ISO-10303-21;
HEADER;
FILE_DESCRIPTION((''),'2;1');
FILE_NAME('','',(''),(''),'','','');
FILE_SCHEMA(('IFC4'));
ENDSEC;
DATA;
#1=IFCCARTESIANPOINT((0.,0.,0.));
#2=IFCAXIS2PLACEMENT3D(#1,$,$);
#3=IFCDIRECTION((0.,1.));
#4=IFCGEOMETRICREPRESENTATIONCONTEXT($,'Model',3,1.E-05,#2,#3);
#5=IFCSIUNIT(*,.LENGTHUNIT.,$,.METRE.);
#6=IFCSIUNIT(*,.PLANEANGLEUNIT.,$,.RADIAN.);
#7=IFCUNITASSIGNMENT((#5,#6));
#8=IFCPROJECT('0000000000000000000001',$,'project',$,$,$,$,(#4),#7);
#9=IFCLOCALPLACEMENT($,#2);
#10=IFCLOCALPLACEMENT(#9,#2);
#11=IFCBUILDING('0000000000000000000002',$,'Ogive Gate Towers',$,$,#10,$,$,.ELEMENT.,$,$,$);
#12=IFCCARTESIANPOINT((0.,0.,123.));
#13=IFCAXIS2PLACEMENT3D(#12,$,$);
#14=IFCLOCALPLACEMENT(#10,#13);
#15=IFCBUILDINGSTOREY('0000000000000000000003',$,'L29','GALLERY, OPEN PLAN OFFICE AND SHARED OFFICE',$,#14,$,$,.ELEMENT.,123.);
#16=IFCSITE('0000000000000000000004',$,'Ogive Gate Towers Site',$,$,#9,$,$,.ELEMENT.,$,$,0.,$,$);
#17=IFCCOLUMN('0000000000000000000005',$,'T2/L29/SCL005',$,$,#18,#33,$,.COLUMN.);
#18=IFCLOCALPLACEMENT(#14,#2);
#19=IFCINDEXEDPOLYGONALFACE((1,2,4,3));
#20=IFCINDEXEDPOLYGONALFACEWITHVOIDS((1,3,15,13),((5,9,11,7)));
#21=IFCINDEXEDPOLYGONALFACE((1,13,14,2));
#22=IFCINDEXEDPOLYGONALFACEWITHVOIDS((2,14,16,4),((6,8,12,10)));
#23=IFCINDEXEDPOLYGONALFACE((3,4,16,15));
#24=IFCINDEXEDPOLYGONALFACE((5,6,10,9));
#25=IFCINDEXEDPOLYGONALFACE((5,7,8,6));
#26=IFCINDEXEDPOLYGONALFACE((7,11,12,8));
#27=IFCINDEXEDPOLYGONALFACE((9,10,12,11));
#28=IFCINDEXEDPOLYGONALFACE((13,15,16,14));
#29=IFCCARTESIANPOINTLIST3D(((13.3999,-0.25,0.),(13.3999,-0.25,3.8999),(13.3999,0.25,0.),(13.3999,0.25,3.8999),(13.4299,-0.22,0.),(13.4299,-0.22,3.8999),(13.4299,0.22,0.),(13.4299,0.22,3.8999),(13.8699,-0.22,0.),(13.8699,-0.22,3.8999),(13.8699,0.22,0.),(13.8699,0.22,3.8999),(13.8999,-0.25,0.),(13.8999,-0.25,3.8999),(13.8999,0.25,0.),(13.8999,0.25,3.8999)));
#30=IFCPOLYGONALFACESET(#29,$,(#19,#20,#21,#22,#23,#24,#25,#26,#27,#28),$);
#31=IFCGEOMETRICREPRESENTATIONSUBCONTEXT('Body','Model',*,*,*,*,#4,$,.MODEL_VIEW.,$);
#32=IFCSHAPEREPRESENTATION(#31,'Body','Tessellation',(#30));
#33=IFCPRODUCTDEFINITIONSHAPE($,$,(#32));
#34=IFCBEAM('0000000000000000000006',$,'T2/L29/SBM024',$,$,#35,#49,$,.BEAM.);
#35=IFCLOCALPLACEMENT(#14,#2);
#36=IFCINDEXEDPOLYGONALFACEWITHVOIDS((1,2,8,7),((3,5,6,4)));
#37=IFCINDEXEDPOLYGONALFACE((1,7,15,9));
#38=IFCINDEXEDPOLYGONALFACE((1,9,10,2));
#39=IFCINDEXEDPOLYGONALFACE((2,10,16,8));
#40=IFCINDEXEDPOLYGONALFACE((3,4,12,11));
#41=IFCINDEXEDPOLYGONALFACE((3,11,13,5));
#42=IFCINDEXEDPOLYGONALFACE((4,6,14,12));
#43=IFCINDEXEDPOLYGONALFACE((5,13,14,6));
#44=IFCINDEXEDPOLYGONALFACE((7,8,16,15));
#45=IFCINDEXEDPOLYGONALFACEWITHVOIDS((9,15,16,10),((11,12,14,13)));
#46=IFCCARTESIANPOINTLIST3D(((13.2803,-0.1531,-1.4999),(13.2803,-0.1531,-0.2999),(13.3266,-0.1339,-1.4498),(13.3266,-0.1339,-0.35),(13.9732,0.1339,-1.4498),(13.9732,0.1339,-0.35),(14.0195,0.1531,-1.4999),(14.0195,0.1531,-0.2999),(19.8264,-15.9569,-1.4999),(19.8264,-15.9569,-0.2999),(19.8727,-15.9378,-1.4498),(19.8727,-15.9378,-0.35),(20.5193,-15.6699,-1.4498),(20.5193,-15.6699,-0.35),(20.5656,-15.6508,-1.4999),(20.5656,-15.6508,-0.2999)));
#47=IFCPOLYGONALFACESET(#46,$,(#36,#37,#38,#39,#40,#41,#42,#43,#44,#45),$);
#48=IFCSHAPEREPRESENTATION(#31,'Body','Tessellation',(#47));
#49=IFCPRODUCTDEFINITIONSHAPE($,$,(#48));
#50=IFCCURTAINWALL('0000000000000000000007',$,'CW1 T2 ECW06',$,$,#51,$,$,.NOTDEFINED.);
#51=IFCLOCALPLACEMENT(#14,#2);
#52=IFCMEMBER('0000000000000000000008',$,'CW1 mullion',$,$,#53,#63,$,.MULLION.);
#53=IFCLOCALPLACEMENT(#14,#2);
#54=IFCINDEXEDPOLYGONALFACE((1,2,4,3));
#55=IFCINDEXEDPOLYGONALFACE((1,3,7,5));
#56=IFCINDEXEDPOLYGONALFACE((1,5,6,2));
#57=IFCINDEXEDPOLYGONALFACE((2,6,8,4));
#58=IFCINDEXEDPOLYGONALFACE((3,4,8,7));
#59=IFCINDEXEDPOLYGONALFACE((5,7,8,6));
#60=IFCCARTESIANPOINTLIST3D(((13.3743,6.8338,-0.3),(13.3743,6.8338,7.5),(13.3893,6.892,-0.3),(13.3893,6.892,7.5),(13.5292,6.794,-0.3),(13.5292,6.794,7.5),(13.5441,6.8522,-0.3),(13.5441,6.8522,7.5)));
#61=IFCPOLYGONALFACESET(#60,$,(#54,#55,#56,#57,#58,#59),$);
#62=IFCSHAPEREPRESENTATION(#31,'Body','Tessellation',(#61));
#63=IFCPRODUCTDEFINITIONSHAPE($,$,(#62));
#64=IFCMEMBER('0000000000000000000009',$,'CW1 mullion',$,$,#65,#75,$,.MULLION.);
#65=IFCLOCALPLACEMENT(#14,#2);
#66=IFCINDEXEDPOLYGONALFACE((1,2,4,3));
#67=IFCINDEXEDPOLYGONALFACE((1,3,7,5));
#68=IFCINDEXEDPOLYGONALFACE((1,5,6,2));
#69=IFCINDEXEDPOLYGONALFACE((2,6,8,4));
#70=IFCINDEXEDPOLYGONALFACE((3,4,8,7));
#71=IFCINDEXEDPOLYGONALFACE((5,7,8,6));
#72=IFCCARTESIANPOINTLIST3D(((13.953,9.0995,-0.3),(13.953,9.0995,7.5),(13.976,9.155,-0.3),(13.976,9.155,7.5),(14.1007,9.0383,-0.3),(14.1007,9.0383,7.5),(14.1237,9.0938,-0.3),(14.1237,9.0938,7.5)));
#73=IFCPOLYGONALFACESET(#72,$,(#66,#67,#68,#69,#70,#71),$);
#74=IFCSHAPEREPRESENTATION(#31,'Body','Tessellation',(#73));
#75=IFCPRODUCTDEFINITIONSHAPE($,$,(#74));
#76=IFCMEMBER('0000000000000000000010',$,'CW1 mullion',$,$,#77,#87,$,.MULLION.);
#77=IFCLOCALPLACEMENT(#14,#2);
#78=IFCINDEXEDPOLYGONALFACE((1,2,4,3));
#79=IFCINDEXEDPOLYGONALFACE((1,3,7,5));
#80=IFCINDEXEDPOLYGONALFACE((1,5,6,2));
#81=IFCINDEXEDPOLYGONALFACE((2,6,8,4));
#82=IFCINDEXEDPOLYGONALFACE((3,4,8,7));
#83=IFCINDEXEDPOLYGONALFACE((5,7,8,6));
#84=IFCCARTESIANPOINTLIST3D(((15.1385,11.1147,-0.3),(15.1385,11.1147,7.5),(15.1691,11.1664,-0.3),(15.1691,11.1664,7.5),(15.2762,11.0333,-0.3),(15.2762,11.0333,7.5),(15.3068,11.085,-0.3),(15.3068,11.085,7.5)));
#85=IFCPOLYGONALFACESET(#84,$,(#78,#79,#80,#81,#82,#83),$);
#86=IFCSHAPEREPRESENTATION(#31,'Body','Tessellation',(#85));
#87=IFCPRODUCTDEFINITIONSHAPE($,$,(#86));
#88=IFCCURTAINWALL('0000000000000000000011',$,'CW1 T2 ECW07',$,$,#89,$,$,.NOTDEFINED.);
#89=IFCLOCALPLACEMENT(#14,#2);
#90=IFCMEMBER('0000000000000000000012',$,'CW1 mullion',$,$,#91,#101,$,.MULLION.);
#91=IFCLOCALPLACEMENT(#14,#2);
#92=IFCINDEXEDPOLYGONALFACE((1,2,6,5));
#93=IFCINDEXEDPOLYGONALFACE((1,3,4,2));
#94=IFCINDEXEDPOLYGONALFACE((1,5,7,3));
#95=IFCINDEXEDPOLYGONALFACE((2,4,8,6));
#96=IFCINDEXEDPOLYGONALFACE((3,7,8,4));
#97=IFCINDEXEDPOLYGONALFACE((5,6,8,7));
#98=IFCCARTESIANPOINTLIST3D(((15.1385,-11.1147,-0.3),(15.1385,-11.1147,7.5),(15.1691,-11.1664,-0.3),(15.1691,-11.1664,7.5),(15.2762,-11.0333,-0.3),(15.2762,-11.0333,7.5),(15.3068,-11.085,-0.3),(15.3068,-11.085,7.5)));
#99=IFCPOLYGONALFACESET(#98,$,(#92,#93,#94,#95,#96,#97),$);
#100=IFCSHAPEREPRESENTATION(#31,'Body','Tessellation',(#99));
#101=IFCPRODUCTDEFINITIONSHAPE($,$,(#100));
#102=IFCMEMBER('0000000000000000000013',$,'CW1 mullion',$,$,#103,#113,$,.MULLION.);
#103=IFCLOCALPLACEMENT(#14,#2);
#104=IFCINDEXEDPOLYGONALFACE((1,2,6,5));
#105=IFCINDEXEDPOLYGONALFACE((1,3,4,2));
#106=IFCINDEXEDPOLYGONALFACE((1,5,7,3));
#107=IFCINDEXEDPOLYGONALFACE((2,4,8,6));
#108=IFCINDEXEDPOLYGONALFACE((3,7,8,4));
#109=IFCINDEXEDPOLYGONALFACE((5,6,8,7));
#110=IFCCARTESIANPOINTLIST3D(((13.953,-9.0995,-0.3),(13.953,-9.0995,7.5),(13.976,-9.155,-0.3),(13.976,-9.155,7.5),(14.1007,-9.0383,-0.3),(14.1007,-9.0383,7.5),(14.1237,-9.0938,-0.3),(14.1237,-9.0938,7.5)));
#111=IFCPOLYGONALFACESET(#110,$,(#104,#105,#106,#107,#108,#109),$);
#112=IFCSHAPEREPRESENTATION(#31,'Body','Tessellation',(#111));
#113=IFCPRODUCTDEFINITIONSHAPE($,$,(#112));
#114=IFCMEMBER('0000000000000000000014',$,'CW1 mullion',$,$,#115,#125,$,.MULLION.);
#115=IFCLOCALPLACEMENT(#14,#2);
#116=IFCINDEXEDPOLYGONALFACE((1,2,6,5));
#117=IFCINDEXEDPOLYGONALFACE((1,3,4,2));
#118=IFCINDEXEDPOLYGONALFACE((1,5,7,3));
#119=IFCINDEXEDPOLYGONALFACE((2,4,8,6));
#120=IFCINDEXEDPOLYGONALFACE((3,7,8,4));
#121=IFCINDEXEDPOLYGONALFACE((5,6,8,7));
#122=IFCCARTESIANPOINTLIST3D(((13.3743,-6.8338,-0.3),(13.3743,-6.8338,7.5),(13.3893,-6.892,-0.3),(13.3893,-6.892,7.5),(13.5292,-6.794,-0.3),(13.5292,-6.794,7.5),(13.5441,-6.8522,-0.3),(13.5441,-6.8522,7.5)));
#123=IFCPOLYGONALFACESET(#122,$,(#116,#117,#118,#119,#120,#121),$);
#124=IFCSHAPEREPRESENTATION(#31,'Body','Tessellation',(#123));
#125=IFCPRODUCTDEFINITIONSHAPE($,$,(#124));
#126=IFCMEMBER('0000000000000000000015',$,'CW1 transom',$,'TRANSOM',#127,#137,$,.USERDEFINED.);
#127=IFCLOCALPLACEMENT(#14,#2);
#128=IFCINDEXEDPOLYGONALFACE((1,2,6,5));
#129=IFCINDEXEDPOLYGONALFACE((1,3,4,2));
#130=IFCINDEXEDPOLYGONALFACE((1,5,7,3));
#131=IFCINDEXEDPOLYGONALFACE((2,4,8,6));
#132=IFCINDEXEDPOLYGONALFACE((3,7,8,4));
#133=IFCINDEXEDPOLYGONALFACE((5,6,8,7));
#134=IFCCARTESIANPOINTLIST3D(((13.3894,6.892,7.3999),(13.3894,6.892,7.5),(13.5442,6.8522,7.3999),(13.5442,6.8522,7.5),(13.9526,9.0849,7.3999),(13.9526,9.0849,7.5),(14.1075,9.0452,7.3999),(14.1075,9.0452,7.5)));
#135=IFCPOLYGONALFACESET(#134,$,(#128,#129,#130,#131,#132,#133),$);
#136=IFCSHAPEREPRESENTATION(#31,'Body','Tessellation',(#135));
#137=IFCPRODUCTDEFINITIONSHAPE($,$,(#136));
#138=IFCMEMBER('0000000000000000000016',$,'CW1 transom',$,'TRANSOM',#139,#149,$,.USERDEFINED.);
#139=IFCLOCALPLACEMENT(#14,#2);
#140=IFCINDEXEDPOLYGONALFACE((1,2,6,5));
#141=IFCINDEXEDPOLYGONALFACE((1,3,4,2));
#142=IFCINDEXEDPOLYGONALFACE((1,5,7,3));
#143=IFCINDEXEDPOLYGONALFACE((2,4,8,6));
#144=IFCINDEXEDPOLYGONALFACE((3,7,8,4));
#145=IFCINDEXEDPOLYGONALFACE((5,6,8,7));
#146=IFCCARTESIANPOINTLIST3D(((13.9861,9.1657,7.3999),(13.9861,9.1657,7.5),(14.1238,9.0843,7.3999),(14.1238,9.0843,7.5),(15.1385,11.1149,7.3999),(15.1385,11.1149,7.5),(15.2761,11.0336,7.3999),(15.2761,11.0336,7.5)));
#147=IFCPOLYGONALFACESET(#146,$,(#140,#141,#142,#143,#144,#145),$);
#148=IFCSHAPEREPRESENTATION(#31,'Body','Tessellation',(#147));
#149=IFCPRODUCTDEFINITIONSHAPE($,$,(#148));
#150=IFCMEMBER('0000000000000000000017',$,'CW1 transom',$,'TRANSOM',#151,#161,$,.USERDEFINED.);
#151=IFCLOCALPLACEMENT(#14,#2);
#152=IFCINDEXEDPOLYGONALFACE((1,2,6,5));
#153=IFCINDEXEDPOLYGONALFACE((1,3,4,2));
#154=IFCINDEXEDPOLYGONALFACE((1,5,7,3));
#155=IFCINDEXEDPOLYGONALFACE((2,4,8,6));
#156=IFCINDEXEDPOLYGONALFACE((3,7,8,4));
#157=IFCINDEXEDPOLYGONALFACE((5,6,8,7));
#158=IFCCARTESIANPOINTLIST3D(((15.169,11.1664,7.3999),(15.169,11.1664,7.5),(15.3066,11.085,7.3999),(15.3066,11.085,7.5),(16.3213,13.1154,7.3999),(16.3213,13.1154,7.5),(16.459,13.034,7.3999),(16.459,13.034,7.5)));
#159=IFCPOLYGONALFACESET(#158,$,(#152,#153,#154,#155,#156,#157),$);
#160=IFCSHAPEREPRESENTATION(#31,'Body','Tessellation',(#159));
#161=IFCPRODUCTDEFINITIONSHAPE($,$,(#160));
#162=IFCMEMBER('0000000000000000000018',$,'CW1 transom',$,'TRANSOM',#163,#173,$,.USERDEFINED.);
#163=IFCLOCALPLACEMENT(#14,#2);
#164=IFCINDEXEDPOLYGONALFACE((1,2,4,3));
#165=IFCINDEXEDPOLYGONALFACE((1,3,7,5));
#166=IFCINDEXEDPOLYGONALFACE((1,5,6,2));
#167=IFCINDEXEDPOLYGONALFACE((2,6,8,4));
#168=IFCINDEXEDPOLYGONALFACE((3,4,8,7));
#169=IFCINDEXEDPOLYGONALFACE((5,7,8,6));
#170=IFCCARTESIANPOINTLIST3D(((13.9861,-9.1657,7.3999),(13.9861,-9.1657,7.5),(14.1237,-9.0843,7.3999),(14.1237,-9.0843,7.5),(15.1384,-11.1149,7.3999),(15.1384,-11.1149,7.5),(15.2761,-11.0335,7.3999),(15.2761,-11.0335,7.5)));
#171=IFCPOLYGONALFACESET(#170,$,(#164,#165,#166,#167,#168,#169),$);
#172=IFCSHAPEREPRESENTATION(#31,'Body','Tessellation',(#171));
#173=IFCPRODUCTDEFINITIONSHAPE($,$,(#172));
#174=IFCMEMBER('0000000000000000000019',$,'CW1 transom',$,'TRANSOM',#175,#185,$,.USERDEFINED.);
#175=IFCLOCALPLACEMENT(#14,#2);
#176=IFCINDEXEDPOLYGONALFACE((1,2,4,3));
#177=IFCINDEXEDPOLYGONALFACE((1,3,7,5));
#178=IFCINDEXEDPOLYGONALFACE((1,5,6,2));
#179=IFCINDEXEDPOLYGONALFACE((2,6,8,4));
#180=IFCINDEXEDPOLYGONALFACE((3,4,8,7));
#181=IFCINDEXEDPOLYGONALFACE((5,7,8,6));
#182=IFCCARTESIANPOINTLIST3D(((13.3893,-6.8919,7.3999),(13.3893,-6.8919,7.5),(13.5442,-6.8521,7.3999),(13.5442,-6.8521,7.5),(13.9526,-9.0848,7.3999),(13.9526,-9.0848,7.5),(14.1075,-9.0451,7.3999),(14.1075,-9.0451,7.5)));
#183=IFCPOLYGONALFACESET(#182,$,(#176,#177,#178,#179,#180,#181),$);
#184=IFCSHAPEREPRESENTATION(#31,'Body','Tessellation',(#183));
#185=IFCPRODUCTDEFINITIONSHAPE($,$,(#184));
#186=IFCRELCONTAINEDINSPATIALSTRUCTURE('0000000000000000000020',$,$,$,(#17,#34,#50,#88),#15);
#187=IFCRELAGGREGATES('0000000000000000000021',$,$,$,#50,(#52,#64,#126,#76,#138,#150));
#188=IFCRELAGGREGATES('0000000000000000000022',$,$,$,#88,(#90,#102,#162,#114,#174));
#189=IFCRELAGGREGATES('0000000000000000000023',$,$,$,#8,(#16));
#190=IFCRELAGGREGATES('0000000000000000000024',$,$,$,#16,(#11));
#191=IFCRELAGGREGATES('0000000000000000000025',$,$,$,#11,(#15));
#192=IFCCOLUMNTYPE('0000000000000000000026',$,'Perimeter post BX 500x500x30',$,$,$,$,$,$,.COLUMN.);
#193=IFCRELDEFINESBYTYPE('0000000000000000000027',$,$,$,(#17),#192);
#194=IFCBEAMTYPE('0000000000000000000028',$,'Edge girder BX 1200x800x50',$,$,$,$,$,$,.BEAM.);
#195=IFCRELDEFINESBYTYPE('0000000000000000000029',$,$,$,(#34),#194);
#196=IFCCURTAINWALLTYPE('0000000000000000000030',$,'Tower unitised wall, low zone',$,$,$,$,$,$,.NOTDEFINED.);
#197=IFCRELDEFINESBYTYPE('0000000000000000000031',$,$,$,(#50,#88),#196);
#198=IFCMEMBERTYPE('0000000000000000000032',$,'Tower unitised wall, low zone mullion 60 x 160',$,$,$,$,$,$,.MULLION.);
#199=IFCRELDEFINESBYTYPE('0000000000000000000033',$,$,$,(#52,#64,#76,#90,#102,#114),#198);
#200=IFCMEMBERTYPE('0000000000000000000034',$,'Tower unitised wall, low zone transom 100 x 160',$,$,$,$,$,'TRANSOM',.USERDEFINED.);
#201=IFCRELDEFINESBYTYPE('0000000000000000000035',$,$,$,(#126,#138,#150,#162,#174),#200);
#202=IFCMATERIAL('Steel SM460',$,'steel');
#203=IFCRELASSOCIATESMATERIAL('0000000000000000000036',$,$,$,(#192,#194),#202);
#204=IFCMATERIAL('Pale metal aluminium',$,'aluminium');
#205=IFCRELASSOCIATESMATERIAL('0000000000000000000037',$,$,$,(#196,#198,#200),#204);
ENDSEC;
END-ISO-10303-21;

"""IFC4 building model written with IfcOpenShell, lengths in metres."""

from ifc_helpers import new_model, si_unit, direction, frame, origin, origin_2d, place, context, subcontext, project, spatial, rectangle, hollow_rectangle, extrude, material, material_profile, profile_set, type_object, element, aggregate, save


model = new_model("IFC4")

# Units and contexts
model_context = context("Model", 3, precision=1e-05, world=origin(), true_north=direction((0.0, 1.0)))
body_context = subcontext(model_context, "Body", "Model", "MODEL_VIEW")
ifc_project = project(units=[si_unit("LENGTHUNIT", "METRE"), si_unit("PLANEANGLEUNIT", "RADIAN")], contexts=[model_context])

# Site, building, storey
site_placement = place(None, origin())
site = spatial("IfcSite", under=ifc_project, at=site_placement, Name="Ogive Gate Towers Site", CompositionType="ELEMENT", RefElevation=0.0)
building_placement = place(site_placement, origin())
building = spatial("IfcBuilding", under=site, at=building_placement, Name="Ogive Gate Towers", CompositionType="ELEMENT")
storey_placement = place(building_placement, frame((0.0, 0.0, 123.0)))
storey = spatial("IfcBuildingStorey", under=building, at=storey_placement, Name="L29", Description="GALLERY, OPEN PLAN OFFICE AND SHARED OFFICE", CompositionType="ELEMENT", Elevation=123.0)

# Column
ifc_material_1 = material(Name="Steel SM460", Category="steel")
ifc_material_profile_1 = material_profile(ifc_material_1, hollow_rectangle(XDim=0.5, YDim=0.5, WallThickness=0.03, at=origin_2d()), Name="BX 500x500x30")
ifc_profile_set_1 = profile_set([ifc_material_profile_1], Name="Steel SM460")
column_type = type_object("IfcColumnType", Name="Perimeter post BX 500x500x30", PredefinedType="COLUMN", material=ifc_profile_set_1)
column_placement = place(storey_placement, frame((13.6499, 0.0, 0.0), z_axis=(0.0, 0.0, 1.0), x_axis=(1.0, 0.0, 0.0)))
element("IfcColumn", 1, at=column_placement, inside=storey, type_object=column_type, Name="T2/L29/SCL005", PredefinedType="COLUMN", context=body_context, shape_type="SweptSolid", body=[
    extrude(hollow_rectangle(XDim=0.5, YDim=0.5, WallThickness=0.03, at=origin_2d()), origin(), (0.0, 0.0, 1.0), 3.8999),
])

# Beam
ifc_material_profile_2 = material_profile(ifc_material_1, hollow_rectangle(XDim=0.8, YDim=1.2, WallThickness=0.05, at=origin_2d()), Name="BX 1200x800x50")
ifc_profile_set_2 = profile_set([ifc_material_profile_2], Name="Steel SM460")
beam_type = type_object("IfcBeamType", Name="Edge girder BX 1200x800x50", PredefinedType="BEAM", material=ifc_profile_set_2)
beam_placement = place(storey_placement, frame((13.6499, 0.0, -0.8999), z_axis=(0.38268, -0.923881, 0.0), x_axis=(0.923881, 0.38268, 0.0)))
element("IfcBeam", 2, at=beam_placement, inside=storey, type_object=beam_type, Name="T2/L29/SBM024", PredefinedType="BEAM", context=body_context, shape_type="SweptSolid", body=[
    extrude(hollow_rectangle(XDim=0.8, YDim=1.2, WallThickness=0.05, at=origin_2d()), origin(), (0.0, 0.0, 1.0), 17.106),
])

# Curtain walls, members
ifc_material_2 = material(Name="Pale metal aluminium", Category="aluminium")
curtain_wall_type = type_object("IfcCurtainWallType", Name="Tower unitised wall, low zone", PredefinedType="NOTDEFINED", material=ifc_material_2)
curtain_wall_1_placement = place(storey_placement, origin())
curtain_wall_1 = element("IfcCurtainWall", 3, at=curtain_wall_1_placement, inside=storey, type_object=curtain_wall_type, Name="CW1 T2 ECW06", PredefinedType="NOTDEFINED")
ifc_material_profile_3 = material_profile(ifc_material_2, rectangle(XDim=0.1599, YDim=0.0601, at=origin_2d()), Name="60 x 160 aluminium box")
ifc_profile_set_3 = profile_set([ifc_material_profile_3], Name="Pale metal aluminium")
member_type_1 = type_object("IfcMemberType", Name="Tower unitised wall, low zone mullion 60 x 160", PredefinedType="MULLION", material=ifc_profile_set_3)
member_1_placement = place(storey_placement, frame((13.4592, 6.843, -0.3), z_axis=(0.0, 0.0, 1.0), x_axis=(0.968553, -0.248808, 0.0)))
member_1 = element("IfcMember", 4, at=member_1_placement, type_object=member_type_1, Name="CW1 mullion", PredefinedType="MULLION", context=body_context, shape_type="SweptSolid", body=[
    extrude(rectangle(XDim=0.1599, YDim=0.0601, at=origin_2d()), origin(), (0.0, 0.0, 1.0), 7.8),
])
member_2_placement = place(storey_placement, frame((14.0383, 9.0967, -0.3), z_axis=(0.0, 0.0, 1.0), x_axis=(0.92388, -0.382683, 0.0)))
member_2 = element("IfcMember", 5, at=member_2_placement, type_object=member_type_1, Name="CW1 mullion", PredefinedType="MULLION", context=body_context, shape_type="SweptSolid", body=[
    extrude(rectangle(XDim=0.1599, YDim=0.0601, at=origin_2d()), origin(), (0.0, 0.0, 1.0), 7.8),
])
member_3_placement = place(storey_placement, frame((15.2227, 11.0999, -0.3), z_axis=(0.0, 0.0, 1.0), x_axis=(0.860795, -0.508951, 0.0)))
member_3 = element("IfcMember", 6, at=member_3_placement, type_object=member_type_1, Name="CW1 mullion", PredefinedType="MULLION", context=body_context, shape_type="SweptSolid", body=[
    extrude(rectangle(XDim=0.1599, YDim=0.0601, at=origin_2d()), origin(), (0.0, 0.0, 1.0), 7.8),
])
curtain_wall_2_placement = place(storey_placement, origin())
curtain_wall_2 = element("IfcCurtainWall", 7, at=curtain_wall_2_placement, inside=storey, type_object=curtain_wall_type, Name="CW1 T2 ECW07", PredefinedType="NOTDEFINED")
member_4_placement = place(storey_placement, frame((15.2227, -11.0999, -0.3), z_axis=(0.0, 0.0, 1.0), x_axis=(0.860795, 0.508951, 0.0)))
member_4 = element("IfcMember", 8, at=member_4_placement, type_object=member_type_1, Name="CW1 mullion", PredefinedType="MULLION", context=body_context, shape_type="SweptSolid", body=[
    extrude(rectangle(XDim=0.1599, YDim=0.0601, at=origin_2d()), origin(), (0.0, 0.0, 1.0), 7.8),
])
member_5_placement = place(storey_placement, frame((14.0383, -9.0967, -0.3), z_axis=(0.0, 0.0, 1.0), x_axis=(0.92388, 0.382683, 0.0)))
member_5 = element("IfcMember", 9, at=member_5_placement, type_object=member_type_1, Name="CW1 mullion", PredefinedType="MULLION", context=body_context, shape_type="SweptSolid", body=[
    extrude(rectangle(XDim=0.1599, YDim=0.0601, at=origin_2d()), origin(), (0.0, 0.0, 1.0), 7.8),
])
member_6_placement = place(storey_placement, frame((13.4592, -6.843, -0.3), z_axis=(0.0, 0.0, 1.0), x_axis=(0.968553, 0.248808, 0.0)))
member_6 = element("IfcMember", 10, at=member_6_placement, type_object=member_type_1, Name="CW1 mullion", PredefinedType="MULLION", context=body_context, shape_type="SweptSolid", body=[
    extrude(rectangle(XDim=0.1599, YDim=0.0601, at=origin_2d()), origin(), (0.0, 0.0, 1.0), 7.8),
])

# Members
ifc_material_profile_4 = material_profile(ifc_material_2, rectangle(XDim=0.1599, YDim=0.1001, at=origin_2d()), Name="100 x 160 aluminium box")
ifc_profile_set_4 = profile_set([ifc_material_profile_4], Name="Pale metal aluminium")
member_type_2 = type_object("IfcMemberType", Name="Tower unitised wall, low zone transom 100 x 160", ElementType="TRANSOM", PredefinedType="USERDEFINED", material=ifc_profile_set_4)
member_7_placement = place(storey_placement, frame((13.4668, 6.8721, 7.45), z_axis=(0.248772, 0.968562, 0.0), x_axis=(-0.968562, 0.248772, 0.0)))
member_7 = element("IfcMember", 11, at=member_7_placement, type_object=member_type_2, Name="CW1 transom", ObjectType="TRANSOM", PredefinedType="USERDEFINED", context=body_context, shape_type="SweptSolid", body=[
    extrude(rectangle(XDim=0.1599, YDim=0.1001, at=origin_2d()), origin(), (0.0, 0.0, 1.0), 2.2642),
])
member_8_placement = place(storey_placement, frame((14.0549, 9.125, 7.45), z_axis=(0.508904, 0.860823, 0.0), x_axis=(-0.860823, 0.508904, 0.0)))
member_8 = element("IfcMember", 12, at=member_8_placement, type_object=member_type_2, Name="CW1 transom", ObjectType="TRANSOM", PredefinedType="USERDEFINED", context=body_context, shape_type="SweptSolid", body=[
    extrude(rectangle(XDim=0.1599, YDim=0.1001, at=origin_2d()), origin(), (0.0, 0.0, 1.0), 2.2644),
])
member_9_placement = place(storey_placement, frame((15.2378, 11.1257, 7.45), z_axis=(0.508951, 0.860796, 0.0), x_axis=(-0.860796, 0.508951, 0.0)))
member_9 = element("IfcMember", 13, at=member_9_placement, type_object=member_type_2, Name="CW1 transom", ObjectType="TRANSOM", PredefinedType="USERDEFINED", context=body_context, shape_type="SweptSolid", body=[
    extrude(rectangle(XDim=0.1599, YDim=0.1001, at=origin_2d()), origin(), (0.0, 0.0, 1.0), 2.2642),
])
member_10_placement = place(storey_placement, frame((15.2073, -11.0742, 7.45), z_axis=(-0.508904, 0.860823, 0.0), x_axis=(-0.860823, -0.508904, 0.0)))
member_10 = element("IfcMember", 14, at=member_10_placement, type_object=member_type_2, Name="CW1 transom", ObjectType="TRANSOM", PredefinedType="USERDEFINED", context=body_context, shape_type="SweptSolid", body=[
    extrude(rectangle(XDim=0.1599, YDim=0.1001, at=origin_2d()), origin(), (0.0, 0.0, 1.0), 2.2644),
])
member_11_placement = place(storey_placement, frame((14.03, -9.0649, 7.45), z_axis=(-0.248772, 0.968562, 0.0), x_axis=(-0.968562, -0.248772, 0.0)))
member_11 = element("IfcMember", 15, at=member_11_placement, type_object=member_type_2, Name="CW1 transom", ObjectType="TRANSOM", PredefinedType="USERDEFINED", context=body_context, shape_type="SweptSolid", body=[
    extrude(rectangle(XDim=0.1599, YDim=0.1001, at=origin_2d()), origin(), (0.0, 0.0, 1.0), 2.2642),
])

aggregate(curtain_wall_1, [member_1, member_2, member_7, member_3, member_8, member_9])
aggregate(curtain_wall_2, [member_4, member_5, member_10, member_6, member_11])

save(model, "model.ifc")
